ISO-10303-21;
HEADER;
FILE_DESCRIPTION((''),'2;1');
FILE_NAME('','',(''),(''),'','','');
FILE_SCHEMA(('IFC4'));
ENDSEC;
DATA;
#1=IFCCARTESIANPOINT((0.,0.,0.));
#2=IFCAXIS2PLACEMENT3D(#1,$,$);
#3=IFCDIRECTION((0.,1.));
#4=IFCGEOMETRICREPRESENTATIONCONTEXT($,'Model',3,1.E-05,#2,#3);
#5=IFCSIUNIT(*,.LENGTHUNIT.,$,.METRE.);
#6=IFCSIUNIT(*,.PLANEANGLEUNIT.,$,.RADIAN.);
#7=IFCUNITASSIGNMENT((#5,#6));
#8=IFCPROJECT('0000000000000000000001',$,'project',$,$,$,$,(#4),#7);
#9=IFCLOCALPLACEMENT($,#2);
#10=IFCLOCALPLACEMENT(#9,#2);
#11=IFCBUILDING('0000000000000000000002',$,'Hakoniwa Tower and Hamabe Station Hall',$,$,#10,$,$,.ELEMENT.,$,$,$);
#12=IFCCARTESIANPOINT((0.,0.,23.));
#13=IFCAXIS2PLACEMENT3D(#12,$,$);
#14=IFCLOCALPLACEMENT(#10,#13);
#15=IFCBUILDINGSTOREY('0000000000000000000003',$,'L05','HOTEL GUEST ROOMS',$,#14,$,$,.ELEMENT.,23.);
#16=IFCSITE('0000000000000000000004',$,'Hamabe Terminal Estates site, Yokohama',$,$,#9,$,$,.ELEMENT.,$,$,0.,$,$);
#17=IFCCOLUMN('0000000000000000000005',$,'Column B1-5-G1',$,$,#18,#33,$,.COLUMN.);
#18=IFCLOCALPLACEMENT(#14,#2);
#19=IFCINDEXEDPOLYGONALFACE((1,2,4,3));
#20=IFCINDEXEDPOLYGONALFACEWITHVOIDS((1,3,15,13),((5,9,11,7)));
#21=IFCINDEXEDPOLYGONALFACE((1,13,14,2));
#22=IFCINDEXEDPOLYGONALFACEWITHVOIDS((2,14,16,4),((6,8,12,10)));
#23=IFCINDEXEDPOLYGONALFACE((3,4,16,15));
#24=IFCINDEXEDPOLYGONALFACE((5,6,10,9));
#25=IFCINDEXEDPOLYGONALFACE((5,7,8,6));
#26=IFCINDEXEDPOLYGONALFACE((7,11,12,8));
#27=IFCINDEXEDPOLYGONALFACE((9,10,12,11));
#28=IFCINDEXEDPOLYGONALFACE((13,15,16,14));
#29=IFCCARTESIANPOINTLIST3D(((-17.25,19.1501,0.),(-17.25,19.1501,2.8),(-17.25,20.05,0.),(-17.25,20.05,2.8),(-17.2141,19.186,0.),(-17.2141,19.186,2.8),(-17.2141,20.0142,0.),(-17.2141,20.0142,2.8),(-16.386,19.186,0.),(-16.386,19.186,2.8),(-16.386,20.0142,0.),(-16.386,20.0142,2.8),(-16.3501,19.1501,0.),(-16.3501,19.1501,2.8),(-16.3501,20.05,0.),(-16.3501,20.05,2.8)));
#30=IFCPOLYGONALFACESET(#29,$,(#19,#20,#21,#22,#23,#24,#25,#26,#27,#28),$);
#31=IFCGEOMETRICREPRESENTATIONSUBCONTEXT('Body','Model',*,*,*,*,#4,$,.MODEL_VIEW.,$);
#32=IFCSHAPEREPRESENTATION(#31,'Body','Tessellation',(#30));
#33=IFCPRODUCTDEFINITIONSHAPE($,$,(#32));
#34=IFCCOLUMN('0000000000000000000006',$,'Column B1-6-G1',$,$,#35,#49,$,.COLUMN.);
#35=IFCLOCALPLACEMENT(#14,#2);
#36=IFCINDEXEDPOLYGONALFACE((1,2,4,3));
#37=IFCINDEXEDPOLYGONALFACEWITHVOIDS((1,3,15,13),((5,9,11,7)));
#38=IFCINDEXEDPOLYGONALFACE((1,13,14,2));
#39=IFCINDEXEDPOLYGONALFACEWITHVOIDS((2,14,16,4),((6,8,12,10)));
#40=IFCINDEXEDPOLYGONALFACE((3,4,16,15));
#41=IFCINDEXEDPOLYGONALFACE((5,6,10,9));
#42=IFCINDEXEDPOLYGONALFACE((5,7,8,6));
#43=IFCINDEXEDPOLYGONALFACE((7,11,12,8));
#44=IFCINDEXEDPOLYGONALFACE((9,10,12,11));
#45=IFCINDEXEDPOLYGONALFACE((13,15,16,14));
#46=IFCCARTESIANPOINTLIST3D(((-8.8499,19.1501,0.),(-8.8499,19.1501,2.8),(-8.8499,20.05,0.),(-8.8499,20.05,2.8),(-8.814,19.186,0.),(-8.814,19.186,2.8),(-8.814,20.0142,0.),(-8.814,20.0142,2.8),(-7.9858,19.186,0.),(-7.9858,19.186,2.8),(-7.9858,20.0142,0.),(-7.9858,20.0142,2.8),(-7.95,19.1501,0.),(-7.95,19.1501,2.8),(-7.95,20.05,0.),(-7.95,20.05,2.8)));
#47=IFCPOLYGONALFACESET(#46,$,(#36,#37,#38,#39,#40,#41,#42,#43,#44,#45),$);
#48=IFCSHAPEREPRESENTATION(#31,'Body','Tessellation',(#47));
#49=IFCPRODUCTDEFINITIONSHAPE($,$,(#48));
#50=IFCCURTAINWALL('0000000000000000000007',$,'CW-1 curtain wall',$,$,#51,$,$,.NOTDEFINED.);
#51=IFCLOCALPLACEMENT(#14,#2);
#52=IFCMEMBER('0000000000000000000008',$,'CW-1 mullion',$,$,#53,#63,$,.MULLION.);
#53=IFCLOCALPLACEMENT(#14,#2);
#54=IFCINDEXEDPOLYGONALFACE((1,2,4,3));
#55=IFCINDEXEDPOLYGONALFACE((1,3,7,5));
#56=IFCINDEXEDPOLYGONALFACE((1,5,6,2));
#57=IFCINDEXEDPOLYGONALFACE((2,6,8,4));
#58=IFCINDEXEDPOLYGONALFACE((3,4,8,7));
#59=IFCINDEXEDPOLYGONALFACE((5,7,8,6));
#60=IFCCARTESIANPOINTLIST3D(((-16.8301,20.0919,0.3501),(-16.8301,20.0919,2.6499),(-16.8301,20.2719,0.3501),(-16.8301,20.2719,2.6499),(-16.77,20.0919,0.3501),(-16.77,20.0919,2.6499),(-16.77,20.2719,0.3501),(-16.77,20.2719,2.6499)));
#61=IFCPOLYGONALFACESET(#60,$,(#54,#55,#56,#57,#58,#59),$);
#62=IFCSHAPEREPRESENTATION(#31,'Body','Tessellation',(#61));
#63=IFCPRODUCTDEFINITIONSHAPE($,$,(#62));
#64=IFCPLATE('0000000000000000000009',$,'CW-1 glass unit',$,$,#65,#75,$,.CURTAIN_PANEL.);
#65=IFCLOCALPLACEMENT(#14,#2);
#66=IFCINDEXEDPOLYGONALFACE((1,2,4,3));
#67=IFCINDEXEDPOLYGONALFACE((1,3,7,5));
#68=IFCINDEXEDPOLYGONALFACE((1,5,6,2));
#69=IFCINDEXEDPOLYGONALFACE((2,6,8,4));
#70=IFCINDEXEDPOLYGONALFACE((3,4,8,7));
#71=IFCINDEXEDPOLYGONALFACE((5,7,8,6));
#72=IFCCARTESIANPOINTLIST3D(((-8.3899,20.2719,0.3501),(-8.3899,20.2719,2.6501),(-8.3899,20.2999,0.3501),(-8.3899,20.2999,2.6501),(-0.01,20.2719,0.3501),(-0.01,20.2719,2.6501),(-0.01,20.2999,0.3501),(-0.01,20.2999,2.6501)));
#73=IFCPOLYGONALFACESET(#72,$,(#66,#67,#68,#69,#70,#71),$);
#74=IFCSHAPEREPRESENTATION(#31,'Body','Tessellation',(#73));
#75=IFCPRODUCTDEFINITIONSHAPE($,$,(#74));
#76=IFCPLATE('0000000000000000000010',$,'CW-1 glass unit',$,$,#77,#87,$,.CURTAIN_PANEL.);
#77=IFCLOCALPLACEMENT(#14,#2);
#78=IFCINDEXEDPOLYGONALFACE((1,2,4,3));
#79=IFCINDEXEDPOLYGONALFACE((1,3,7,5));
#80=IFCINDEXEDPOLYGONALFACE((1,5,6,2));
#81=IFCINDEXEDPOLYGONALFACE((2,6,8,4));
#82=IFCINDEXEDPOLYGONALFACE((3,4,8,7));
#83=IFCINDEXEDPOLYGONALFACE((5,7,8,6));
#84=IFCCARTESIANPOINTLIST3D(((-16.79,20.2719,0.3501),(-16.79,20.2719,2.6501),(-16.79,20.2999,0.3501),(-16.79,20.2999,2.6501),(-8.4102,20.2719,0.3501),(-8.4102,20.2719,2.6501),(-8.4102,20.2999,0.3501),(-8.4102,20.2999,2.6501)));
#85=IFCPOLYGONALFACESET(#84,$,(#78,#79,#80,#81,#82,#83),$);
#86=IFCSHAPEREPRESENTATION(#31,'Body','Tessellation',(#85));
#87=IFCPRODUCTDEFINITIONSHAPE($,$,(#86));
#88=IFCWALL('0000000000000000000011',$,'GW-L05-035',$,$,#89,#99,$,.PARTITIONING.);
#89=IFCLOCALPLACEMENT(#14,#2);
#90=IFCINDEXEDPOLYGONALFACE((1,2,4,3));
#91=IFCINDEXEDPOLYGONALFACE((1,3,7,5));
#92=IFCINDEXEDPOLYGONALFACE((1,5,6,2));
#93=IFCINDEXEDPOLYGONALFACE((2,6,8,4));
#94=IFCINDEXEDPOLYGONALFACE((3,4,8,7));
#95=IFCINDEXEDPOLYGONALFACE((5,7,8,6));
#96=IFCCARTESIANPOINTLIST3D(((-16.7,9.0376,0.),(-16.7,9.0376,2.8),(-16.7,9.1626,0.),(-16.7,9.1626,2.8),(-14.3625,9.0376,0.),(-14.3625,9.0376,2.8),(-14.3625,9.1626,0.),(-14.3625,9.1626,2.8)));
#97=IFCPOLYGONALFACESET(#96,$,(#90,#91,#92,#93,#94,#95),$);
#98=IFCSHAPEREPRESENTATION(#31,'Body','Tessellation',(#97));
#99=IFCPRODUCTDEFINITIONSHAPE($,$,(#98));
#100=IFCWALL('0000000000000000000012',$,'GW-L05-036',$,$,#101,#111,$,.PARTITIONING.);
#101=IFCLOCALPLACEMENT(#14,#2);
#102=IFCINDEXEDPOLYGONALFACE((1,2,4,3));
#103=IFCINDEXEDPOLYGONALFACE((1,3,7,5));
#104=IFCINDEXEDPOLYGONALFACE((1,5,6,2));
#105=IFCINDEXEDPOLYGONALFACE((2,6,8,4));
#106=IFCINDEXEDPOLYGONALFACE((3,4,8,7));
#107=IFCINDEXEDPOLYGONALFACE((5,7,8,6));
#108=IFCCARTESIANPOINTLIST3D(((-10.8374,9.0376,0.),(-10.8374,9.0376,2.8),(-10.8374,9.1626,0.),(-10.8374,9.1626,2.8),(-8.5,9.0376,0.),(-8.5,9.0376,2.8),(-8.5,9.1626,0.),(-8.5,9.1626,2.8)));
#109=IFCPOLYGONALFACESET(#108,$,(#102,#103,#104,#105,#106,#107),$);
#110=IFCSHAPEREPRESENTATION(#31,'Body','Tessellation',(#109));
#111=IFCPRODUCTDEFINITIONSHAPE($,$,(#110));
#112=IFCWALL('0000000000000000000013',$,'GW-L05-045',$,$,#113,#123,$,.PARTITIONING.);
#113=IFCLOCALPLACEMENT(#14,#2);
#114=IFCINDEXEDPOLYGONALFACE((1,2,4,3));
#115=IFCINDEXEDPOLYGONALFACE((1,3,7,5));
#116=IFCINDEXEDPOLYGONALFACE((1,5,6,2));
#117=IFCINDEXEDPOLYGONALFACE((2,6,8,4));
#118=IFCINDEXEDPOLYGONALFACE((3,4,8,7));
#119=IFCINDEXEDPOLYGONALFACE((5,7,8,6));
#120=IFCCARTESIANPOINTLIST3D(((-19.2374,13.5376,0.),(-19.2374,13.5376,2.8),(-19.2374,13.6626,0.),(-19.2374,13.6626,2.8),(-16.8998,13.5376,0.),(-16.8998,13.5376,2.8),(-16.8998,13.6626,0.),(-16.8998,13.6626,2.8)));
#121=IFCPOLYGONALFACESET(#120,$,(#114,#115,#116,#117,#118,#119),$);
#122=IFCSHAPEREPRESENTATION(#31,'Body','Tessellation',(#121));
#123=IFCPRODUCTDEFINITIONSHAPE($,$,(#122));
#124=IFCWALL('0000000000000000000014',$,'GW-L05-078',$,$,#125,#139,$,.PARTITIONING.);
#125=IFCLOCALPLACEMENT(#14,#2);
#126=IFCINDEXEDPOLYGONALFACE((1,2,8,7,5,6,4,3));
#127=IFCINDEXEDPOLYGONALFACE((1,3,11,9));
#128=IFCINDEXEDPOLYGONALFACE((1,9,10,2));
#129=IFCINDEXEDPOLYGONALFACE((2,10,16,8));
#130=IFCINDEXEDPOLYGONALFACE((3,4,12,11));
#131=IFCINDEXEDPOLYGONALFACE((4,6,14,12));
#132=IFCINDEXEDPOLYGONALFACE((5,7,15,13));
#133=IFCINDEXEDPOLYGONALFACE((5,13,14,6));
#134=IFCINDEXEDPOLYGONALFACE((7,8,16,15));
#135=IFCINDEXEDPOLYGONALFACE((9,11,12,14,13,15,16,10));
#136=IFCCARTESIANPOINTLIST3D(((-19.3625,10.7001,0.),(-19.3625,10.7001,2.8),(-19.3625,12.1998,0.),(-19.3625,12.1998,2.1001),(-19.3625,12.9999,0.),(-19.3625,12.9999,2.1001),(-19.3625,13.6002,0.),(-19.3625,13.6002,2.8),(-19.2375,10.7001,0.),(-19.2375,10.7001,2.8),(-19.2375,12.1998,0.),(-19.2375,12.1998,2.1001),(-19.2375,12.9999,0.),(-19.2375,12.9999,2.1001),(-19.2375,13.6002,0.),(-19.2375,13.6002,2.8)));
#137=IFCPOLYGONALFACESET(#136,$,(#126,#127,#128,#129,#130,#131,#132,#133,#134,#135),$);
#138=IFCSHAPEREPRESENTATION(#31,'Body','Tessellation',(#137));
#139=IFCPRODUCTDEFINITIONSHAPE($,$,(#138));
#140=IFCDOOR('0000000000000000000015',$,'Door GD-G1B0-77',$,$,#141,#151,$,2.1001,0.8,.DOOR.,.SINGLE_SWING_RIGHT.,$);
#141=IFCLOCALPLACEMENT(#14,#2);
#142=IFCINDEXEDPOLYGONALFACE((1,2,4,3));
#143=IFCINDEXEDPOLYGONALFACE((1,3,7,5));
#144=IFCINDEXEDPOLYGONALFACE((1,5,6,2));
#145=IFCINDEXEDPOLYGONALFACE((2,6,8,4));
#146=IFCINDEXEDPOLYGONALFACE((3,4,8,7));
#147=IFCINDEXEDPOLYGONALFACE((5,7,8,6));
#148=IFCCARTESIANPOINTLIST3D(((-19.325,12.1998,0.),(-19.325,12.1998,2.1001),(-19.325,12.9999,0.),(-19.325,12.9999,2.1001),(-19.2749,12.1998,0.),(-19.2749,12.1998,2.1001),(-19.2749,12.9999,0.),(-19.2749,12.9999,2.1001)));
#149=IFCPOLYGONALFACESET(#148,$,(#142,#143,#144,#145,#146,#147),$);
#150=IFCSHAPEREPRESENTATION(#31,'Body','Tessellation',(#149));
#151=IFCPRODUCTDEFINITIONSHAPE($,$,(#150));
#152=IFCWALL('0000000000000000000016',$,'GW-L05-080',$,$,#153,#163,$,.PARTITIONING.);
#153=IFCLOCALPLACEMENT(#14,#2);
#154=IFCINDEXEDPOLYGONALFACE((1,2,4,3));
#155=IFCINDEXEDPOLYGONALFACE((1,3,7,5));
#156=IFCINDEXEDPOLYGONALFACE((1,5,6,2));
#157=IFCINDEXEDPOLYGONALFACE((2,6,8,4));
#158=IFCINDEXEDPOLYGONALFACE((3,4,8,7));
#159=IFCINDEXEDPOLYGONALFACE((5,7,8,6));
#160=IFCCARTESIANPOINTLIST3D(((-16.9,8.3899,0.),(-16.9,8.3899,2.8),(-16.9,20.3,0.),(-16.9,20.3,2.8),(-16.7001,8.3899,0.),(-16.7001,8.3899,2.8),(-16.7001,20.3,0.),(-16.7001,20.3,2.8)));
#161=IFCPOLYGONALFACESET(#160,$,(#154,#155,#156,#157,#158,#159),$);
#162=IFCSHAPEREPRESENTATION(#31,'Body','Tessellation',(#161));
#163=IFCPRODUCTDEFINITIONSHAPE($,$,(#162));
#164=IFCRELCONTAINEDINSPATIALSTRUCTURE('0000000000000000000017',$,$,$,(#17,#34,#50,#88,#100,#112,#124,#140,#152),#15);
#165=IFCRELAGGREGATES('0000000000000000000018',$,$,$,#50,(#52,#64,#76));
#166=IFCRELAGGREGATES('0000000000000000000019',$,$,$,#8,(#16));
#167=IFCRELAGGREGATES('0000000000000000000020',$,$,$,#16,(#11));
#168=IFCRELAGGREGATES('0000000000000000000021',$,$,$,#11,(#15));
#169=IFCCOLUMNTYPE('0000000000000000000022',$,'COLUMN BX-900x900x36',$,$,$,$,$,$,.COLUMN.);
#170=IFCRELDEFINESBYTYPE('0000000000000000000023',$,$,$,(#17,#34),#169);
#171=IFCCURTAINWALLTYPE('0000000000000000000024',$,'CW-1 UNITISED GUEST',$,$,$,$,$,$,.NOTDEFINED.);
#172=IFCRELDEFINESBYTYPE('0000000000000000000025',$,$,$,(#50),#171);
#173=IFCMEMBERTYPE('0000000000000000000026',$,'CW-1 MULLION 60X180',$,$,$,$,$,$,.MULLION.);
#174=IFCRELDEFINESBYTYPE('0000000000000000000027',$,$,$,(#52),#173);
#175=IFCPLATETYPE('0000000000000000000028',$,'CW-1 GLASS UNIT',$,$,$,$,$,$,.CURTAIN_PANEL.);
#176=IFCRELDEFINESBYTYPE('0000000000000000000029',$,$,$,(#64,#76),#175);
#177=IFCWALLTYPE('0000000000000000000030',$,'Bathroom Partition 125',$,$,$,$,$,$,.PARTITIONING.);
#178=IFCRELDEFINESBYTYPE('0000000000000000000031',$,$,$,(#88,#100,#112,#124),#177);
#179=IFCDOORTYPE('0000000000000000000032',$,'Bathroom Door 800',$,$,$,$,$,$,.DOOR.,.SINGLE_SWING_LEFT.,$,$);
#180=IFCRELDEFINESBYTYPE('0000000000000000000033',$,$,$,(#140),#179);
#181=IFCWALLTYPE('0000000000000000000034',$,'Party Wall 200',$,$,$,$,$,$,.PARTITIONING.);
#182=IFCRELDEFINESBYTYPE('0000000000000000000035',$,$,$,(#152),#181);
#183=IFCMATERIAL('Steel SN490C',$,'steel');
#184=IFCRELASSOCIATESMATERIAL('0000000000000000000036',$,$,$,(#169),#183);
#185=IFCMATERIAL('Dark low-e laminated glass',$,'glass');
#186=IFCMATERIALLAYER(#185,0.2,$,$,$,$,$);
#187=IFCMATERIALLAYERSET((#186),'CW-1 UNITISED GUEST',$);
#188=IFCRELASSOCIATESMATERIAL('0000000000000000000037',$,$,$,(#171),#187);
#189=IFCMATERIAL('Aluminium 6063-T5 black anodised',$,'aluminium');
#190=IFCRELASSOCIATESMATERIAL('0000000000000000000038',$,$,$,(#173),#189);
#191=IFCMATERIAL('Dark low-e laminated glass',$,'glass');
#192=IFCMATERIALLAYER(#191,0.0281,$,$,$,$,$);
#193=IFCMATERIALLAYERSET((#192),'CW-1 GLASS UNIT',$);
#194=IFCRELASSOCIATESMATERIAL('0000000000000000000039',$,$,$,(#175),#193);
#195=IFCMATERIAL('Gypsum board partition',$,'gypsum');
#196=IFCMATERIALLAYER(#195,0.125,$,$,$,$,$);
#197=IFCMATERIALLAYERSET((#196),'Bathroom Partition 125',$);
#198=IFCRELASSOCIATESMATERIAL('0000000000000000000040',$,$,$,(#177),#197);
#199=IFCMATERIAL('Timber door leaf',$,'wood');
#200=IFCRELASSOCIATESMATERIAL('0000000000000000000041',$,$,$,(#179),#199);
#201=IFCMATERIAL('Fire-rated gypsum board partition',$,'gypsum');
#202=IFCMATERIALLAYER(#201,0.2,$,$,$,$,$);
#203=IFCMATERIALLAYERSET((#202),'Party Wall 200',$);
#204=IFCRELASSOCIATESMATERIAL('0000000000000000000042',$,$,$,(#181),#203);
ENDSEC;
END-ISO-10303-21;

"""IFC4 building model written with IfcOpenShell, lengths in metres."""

from ifc_helpers import new_model, si_unit, direction, frame, frame_2d, origin, origin_2d, place, context, subcontext, project, spatial, rectangle, hollow_rectangle, extrude, material, layer, layer_set, material_profile, profile_set, type_object, element, fill, aggregate, save


model = new_model("IFC4")

# Units and contexts
model_context = context("Model", 3, precision=1e-05, world=origin(), true_north=direction((0.0, 1.0)))
body_context = subcontext(model_context, "Body", "Model", "MODEL_VIEW")
ifc_project = project(units=[si_unit("LENGTHUNIT", "METRE"), si_unit("PLANEANGLEUNIT", "RADIAN")], contexts=[model_context])

# Site, building, storey
site_placement = place(None, origin())
site = spatial("IfcSite", under=ifc_project, at=site_placement, Name="Hamabe Terminal Estates site, Yokohama", CompositionType="ELEMENT", RefElevation=0.0)
building_placement = place(site_placement, origin())
building = spatial("IfcBuilding", under=site, at=building_placement, Name="Hakoniwa Tower and Hamabe Station Hall", CompositionType="ELEMENT")
storey_placement = place(building_placement, frame((0.0, 0.0, 23.0)))
storey = spatial("IfcBuildingStorey", under=building, at=storey_placement, Name="L05", Description="HOTEL GUEST ROOMS", CompositionType="ELEMENT", Elevation=23.0)

# Columns
ifc_material_1 = material(Name="Steel SN490C", Category="steel")
ifc_material_profile_1 = material_profile(ifc_material_1, hollow_rectangle(XDim=0.8999, YDim=0.8999, WallThickness=0.0359, at=origin_2d()), Name="BX-900x900x36")
ifc_profile_set_1 = profile_set([ifc_material_profile_1], Name="Steel SN490C")
column_type = type_object("IfcColumnType", Name="COLUMN BX-900x900x36", PredefinedType="COLUMN", material=ifc_profile_set_1)
for number, where, z_axis, x_axis, name in (
    (1, (-16.8, 19.6001, 0.0), (0.0, 0.0, 1.0), (1.0, 0.0, 0.0), "Column B1-5-G1"),
    (2, (-8.3999, 19.6001, 0.0), (0.0, 0.0, 1.0), (1.0, 0.0, 0.0), "Column B1-6-G1"),
):
    element("IfcColumn", number, at=place(storey_placement, frame(where, z_axis=z_axis, x_axis=x_axis)), inside=storey, type_object=column_type, Name=name, PredefinedType="COLUMN", context=body_context, shape_type="SweptSolid", body=[
        extrude(hollow_rectangle(XDim=0.8999, YDim=0.8999, WallThickness=0.0359, at=origin_2d()), origin(), (0.0, 0.0, 1.0), 2.8),
    ])

# Curtain wall, member, plates
ifc_material_2 = material(Name="Dark low-e laminated glass", Category="glass")
ifc_layer_1 = layer(ifc_material_2, 0.2)
ifc_layer_set_1 = layer_set([ifc_layer_1], Name="CW-1 UNITISED GUEST")
curtain_wall_type = type_object("IfcCurtainWallType", Name="CW-1 UNITISED GUEST", PredefinedType="NOTDEFINED", material=ifc_layer_set_1)
curtain_wall_placement = place(storey_placement, origin())
curtain_wall = element("IfcCurtainWall", 3, at=curtain_wall_placement, inside=storey, type_object=curtain_wall_type, Name="CW-1 curtain wall", PredefinedType="NOTDEFINED")
ifc_material_3 = material(Name="Aluminium 6063-T5 black anodised", Category="aluminium")
ifc_material_profile_2 = material_profile(ifc_material_3, rectangle(XDim=0.0601, YDim=0.1799, at=origin_2d()), Name="CW-1 MULLION 60X180")
ifc_profile_set_2 = profile_set([ifc_material_profile_2], Name="Aluminium 6063-T5 black anodised")
member_type = type_object("IfcMemberType", Name="CW-1 MULLION 60X180", PredefinedType="MULLION", material=ifc_profile_set_2)
member_placement = place(storey_placement, frame((-16.8, 20.1819, 0.3501), z_axis=(0.0, 0.0, 1.0), x_axis=(-1.0, 0.0, 0.0)))
member = element("IfcMember", 4, at=member_placement, type_object=member_type, Name="CW-1 mullion", PredefinedType="MULLION", context=body_context, shape_type="SweptSolid", body=[
    extrude(rectangle(XDim=0.0601, YDim=0.1799, at=origin_2d()), origin(), (0.0, 0.0, 1.0), 2.2998),
])
ifc_material_4 = material(Name="Dark low-e laminated glass", Category="glass")
ifc_layer_2 = layer(ifc_material_4, 0.0281)
ifc_layer_set_2 = layer_set([ifc_layer_2], Name="CW-1 GLASS UNIT")
plate_type = type_object("IfcPlateType", Name="CW-1 GLASS UNIT", PredefinedType="CURTAIN_PANEL", material=ifc_layer_set_2)
plate_1_placement = place(storey_placement, frame((-4.2, 20.2859, 0.3501), z_axis=(0.0, 0.0, 1.0), x_axis=(-1.0, 0.0, 0.0)))
plate_1 = element("IfcPlate", 5, at=plate_1_placement, type_object=plate_type, Name="CW-1 glass unit", PredefinedType="CURTAIN_PANEL", context=body_context, shape_type="SweptSolid", body=[
    extrude(rectangle(XDim=8.3799, YDim=0.0281, at=origin_2d()), origin(), (0.0, 0.0, 1.0), 2.3),
])
plate_2_placement = place(storey_placement, frame((-12.6001, 20.2859, 0.3501), z_axis=(0.0, 0.0, 1.0), x_axis=(-1.0, 0.0, 0.0)))
plate_2 = element("IfcPlate", 6, at=plate_2_placement, type_object=plate_type, Name="CW-1 glass unit", PredefinedType="CURTAIN_PANEL", context=body_context, shape_type="SweptSolid", body=[
    extrude(rectangle(XDim=8.3799, YDim=0.0281, at=origin_2d()), origin(), (0.0, 0.0, 1.0), 2.3),
])
aggregate(curtain_wall, [member, plate_1, plate_2])

# Walls
ifc_material_5 = material(Name="Gypsum board partition", Category="gypsum")
ifc_layer_3 = layer(ifc_material_5, 0.125)
ifc_layer_set_3 = layer_set([ifc_layer_3], Name="Bathroom Partition 125")
wall_type_1 = type_object("IfcWallType", Name="Bathroom Partition 125", PredefinedType="PARTITIONING", material=ifc_layer_set_3)
for number, where, z_axis, x_axis, name in (
    (7, (-16.7, 9.1001, 0.0), (0.0, 0.0, 1.0), (1.0, 0.0, 0.0), "GW-L05-035"),
    (8, (-10.8374, 9.1001, 0.0), (0.0, 0.0, 1.0), (1.0, 0.0, 0.0), "GW-L05-036"),
):
    element("IfcWall", number, at=place(storey_placement, frame(where, z_axis=z_axis, x_axis=x_axis)), inside=storey, type_object=wall_type_1, Name=name, PredefinedType="PARTITIONING", context=body_context, shape_type="SweptSolid", body=[
        extrude(rectangle(XDim=2.3374, YDim=0.125, at=frame_2d((1.1687, 0.0))), origin(), (0.0, 0.0, 1.0), 2.8),
    ])
wall_1_placement = place(storey_placement, frame((-19.2375, 13.6001, 0.0), z_axis=(0.0, 0.0, 1.0), x_axis=(1.0, 0.0, 0.0)))
element("IfcWall", 9, at=wall_1_placement, inside=storey, type_object=wall_type_1, Name="GW-L05-045", PredefinedType="PARTITIONING", context=body_context, shape_type="SweptSolid", body=[
    extrude(rectangle(XDim=2.3376, YDim=0.125, at=frame_2d((1.1689, 0.0))), origin(), (0.0, 0.0, 1.0), 2.8),
])

# Wall, opening, door
wall_2_placement = place(storey_placement, frame((-19.3, 10.7, 0.0), z_axis=(0.0, 0.0, 1.0), x_axis=(0.0, 1.0, 0.0)))
wall_2 = element("IfcWall", 10, at=wall_2_placement, inside=storey, type_object=wall_type_1, Name="GW-L05-078", PredefinedType="PARTITIONING", context=body_context, shape_type="SweptSolid", body=[
    extrude(rectangle(XDim=2.9001, YDim=0.125, at=frame_2d((1.4502, 0.0))), origin(), (0.0, 0.0, 1.0), 2.8),
])
opening_placement = place(wall_2_placement, frame((1.5, 0.0, 0.0)))
opening = element("IfcOpeningElement", 11, at=opening_placement, cuts=wall_2, PredefinedType="OPENING", context=body_context, shape_type="SweptSolid", body=[
    extrude(rectangle(XDim=0.8, YDim=2.1001, at=frame_2d((0.3999, 1.05))), frame((0.0, 0.0725, 0.0), z_axis=(0.0, -1.0, 0.0), x_axis=(1.0, 0.0, 0.0)), (0.0, 0.0, 1.0), 0.145),
])
ifc_material_6 = material(Name="Timber door leaf", Category="wood")
door_type = type_object("IfcDoorType", Name="Bathroom Door 800", OperationType="SINGLE_SWING_LEFT", PredefinedType="DOOR", material=ifc_material_6)
door_placement = place(opening_placement, origin())
door = element("IfcDoor", 12, at=door_placement, inside=storey, type_object=door_type, Name="Door GD-G1B0-77", OperationType="SINGLE_SWING_RIGHT", OverallHeight=2.1001, OverallWidth=0.8, PredefinedType="DOOR", context=body_context, shape_type="SweptSolid", body=[
    extrude(rectangle(XDim=0.8, YDim=2.1001, at=frame_2d((0.3999, 1.05))), frame((0.0, 0.0249, 0.0), z_axis=(0.0, -1.0, 0.0), x_axis=(1.0, 0.0, 0.0)), (0.0, 0.0, 1.0), 0.05),
])
fill(opening, door)

# Wall
ifc_material_7 = material(Name="Fire-rated gypsum board partition", Category="gypsum")
ifc_layer_4 = layer(ifc_material_7, 0.2)
ifc_layer_set_4 = layer_set([ifc_layer_4], Name="Party Wall 200")
wall_type_2 = type_object("IfcWallType", Name="Party Wall 200", PredefinedType="PARTITIONING", material=ifc_layer_set_4)
wall_3_placement = place(storey_placement, frame((-16.8, 8.3899, 0.0), z_axis=(0.0, 0.0, 1.0), x_axis=(0.0, 1.0, 0.0)))
element("IfcWall", 13, at=wall_3_placement, inside=storey, type_object=wall_type_2, Name="GW-L05-080", PredefinedType="PARTITIONING", context=body_context, shape_type="SweptSolid", body=[
    extrude(rectangle(XDim=11.9102, YDim=0.2, at=frame_2d((5.9551, 0.0))), origin(), (0.0, 0.0, 1.0), 2.8),
])

save(model, "model.ifc")
